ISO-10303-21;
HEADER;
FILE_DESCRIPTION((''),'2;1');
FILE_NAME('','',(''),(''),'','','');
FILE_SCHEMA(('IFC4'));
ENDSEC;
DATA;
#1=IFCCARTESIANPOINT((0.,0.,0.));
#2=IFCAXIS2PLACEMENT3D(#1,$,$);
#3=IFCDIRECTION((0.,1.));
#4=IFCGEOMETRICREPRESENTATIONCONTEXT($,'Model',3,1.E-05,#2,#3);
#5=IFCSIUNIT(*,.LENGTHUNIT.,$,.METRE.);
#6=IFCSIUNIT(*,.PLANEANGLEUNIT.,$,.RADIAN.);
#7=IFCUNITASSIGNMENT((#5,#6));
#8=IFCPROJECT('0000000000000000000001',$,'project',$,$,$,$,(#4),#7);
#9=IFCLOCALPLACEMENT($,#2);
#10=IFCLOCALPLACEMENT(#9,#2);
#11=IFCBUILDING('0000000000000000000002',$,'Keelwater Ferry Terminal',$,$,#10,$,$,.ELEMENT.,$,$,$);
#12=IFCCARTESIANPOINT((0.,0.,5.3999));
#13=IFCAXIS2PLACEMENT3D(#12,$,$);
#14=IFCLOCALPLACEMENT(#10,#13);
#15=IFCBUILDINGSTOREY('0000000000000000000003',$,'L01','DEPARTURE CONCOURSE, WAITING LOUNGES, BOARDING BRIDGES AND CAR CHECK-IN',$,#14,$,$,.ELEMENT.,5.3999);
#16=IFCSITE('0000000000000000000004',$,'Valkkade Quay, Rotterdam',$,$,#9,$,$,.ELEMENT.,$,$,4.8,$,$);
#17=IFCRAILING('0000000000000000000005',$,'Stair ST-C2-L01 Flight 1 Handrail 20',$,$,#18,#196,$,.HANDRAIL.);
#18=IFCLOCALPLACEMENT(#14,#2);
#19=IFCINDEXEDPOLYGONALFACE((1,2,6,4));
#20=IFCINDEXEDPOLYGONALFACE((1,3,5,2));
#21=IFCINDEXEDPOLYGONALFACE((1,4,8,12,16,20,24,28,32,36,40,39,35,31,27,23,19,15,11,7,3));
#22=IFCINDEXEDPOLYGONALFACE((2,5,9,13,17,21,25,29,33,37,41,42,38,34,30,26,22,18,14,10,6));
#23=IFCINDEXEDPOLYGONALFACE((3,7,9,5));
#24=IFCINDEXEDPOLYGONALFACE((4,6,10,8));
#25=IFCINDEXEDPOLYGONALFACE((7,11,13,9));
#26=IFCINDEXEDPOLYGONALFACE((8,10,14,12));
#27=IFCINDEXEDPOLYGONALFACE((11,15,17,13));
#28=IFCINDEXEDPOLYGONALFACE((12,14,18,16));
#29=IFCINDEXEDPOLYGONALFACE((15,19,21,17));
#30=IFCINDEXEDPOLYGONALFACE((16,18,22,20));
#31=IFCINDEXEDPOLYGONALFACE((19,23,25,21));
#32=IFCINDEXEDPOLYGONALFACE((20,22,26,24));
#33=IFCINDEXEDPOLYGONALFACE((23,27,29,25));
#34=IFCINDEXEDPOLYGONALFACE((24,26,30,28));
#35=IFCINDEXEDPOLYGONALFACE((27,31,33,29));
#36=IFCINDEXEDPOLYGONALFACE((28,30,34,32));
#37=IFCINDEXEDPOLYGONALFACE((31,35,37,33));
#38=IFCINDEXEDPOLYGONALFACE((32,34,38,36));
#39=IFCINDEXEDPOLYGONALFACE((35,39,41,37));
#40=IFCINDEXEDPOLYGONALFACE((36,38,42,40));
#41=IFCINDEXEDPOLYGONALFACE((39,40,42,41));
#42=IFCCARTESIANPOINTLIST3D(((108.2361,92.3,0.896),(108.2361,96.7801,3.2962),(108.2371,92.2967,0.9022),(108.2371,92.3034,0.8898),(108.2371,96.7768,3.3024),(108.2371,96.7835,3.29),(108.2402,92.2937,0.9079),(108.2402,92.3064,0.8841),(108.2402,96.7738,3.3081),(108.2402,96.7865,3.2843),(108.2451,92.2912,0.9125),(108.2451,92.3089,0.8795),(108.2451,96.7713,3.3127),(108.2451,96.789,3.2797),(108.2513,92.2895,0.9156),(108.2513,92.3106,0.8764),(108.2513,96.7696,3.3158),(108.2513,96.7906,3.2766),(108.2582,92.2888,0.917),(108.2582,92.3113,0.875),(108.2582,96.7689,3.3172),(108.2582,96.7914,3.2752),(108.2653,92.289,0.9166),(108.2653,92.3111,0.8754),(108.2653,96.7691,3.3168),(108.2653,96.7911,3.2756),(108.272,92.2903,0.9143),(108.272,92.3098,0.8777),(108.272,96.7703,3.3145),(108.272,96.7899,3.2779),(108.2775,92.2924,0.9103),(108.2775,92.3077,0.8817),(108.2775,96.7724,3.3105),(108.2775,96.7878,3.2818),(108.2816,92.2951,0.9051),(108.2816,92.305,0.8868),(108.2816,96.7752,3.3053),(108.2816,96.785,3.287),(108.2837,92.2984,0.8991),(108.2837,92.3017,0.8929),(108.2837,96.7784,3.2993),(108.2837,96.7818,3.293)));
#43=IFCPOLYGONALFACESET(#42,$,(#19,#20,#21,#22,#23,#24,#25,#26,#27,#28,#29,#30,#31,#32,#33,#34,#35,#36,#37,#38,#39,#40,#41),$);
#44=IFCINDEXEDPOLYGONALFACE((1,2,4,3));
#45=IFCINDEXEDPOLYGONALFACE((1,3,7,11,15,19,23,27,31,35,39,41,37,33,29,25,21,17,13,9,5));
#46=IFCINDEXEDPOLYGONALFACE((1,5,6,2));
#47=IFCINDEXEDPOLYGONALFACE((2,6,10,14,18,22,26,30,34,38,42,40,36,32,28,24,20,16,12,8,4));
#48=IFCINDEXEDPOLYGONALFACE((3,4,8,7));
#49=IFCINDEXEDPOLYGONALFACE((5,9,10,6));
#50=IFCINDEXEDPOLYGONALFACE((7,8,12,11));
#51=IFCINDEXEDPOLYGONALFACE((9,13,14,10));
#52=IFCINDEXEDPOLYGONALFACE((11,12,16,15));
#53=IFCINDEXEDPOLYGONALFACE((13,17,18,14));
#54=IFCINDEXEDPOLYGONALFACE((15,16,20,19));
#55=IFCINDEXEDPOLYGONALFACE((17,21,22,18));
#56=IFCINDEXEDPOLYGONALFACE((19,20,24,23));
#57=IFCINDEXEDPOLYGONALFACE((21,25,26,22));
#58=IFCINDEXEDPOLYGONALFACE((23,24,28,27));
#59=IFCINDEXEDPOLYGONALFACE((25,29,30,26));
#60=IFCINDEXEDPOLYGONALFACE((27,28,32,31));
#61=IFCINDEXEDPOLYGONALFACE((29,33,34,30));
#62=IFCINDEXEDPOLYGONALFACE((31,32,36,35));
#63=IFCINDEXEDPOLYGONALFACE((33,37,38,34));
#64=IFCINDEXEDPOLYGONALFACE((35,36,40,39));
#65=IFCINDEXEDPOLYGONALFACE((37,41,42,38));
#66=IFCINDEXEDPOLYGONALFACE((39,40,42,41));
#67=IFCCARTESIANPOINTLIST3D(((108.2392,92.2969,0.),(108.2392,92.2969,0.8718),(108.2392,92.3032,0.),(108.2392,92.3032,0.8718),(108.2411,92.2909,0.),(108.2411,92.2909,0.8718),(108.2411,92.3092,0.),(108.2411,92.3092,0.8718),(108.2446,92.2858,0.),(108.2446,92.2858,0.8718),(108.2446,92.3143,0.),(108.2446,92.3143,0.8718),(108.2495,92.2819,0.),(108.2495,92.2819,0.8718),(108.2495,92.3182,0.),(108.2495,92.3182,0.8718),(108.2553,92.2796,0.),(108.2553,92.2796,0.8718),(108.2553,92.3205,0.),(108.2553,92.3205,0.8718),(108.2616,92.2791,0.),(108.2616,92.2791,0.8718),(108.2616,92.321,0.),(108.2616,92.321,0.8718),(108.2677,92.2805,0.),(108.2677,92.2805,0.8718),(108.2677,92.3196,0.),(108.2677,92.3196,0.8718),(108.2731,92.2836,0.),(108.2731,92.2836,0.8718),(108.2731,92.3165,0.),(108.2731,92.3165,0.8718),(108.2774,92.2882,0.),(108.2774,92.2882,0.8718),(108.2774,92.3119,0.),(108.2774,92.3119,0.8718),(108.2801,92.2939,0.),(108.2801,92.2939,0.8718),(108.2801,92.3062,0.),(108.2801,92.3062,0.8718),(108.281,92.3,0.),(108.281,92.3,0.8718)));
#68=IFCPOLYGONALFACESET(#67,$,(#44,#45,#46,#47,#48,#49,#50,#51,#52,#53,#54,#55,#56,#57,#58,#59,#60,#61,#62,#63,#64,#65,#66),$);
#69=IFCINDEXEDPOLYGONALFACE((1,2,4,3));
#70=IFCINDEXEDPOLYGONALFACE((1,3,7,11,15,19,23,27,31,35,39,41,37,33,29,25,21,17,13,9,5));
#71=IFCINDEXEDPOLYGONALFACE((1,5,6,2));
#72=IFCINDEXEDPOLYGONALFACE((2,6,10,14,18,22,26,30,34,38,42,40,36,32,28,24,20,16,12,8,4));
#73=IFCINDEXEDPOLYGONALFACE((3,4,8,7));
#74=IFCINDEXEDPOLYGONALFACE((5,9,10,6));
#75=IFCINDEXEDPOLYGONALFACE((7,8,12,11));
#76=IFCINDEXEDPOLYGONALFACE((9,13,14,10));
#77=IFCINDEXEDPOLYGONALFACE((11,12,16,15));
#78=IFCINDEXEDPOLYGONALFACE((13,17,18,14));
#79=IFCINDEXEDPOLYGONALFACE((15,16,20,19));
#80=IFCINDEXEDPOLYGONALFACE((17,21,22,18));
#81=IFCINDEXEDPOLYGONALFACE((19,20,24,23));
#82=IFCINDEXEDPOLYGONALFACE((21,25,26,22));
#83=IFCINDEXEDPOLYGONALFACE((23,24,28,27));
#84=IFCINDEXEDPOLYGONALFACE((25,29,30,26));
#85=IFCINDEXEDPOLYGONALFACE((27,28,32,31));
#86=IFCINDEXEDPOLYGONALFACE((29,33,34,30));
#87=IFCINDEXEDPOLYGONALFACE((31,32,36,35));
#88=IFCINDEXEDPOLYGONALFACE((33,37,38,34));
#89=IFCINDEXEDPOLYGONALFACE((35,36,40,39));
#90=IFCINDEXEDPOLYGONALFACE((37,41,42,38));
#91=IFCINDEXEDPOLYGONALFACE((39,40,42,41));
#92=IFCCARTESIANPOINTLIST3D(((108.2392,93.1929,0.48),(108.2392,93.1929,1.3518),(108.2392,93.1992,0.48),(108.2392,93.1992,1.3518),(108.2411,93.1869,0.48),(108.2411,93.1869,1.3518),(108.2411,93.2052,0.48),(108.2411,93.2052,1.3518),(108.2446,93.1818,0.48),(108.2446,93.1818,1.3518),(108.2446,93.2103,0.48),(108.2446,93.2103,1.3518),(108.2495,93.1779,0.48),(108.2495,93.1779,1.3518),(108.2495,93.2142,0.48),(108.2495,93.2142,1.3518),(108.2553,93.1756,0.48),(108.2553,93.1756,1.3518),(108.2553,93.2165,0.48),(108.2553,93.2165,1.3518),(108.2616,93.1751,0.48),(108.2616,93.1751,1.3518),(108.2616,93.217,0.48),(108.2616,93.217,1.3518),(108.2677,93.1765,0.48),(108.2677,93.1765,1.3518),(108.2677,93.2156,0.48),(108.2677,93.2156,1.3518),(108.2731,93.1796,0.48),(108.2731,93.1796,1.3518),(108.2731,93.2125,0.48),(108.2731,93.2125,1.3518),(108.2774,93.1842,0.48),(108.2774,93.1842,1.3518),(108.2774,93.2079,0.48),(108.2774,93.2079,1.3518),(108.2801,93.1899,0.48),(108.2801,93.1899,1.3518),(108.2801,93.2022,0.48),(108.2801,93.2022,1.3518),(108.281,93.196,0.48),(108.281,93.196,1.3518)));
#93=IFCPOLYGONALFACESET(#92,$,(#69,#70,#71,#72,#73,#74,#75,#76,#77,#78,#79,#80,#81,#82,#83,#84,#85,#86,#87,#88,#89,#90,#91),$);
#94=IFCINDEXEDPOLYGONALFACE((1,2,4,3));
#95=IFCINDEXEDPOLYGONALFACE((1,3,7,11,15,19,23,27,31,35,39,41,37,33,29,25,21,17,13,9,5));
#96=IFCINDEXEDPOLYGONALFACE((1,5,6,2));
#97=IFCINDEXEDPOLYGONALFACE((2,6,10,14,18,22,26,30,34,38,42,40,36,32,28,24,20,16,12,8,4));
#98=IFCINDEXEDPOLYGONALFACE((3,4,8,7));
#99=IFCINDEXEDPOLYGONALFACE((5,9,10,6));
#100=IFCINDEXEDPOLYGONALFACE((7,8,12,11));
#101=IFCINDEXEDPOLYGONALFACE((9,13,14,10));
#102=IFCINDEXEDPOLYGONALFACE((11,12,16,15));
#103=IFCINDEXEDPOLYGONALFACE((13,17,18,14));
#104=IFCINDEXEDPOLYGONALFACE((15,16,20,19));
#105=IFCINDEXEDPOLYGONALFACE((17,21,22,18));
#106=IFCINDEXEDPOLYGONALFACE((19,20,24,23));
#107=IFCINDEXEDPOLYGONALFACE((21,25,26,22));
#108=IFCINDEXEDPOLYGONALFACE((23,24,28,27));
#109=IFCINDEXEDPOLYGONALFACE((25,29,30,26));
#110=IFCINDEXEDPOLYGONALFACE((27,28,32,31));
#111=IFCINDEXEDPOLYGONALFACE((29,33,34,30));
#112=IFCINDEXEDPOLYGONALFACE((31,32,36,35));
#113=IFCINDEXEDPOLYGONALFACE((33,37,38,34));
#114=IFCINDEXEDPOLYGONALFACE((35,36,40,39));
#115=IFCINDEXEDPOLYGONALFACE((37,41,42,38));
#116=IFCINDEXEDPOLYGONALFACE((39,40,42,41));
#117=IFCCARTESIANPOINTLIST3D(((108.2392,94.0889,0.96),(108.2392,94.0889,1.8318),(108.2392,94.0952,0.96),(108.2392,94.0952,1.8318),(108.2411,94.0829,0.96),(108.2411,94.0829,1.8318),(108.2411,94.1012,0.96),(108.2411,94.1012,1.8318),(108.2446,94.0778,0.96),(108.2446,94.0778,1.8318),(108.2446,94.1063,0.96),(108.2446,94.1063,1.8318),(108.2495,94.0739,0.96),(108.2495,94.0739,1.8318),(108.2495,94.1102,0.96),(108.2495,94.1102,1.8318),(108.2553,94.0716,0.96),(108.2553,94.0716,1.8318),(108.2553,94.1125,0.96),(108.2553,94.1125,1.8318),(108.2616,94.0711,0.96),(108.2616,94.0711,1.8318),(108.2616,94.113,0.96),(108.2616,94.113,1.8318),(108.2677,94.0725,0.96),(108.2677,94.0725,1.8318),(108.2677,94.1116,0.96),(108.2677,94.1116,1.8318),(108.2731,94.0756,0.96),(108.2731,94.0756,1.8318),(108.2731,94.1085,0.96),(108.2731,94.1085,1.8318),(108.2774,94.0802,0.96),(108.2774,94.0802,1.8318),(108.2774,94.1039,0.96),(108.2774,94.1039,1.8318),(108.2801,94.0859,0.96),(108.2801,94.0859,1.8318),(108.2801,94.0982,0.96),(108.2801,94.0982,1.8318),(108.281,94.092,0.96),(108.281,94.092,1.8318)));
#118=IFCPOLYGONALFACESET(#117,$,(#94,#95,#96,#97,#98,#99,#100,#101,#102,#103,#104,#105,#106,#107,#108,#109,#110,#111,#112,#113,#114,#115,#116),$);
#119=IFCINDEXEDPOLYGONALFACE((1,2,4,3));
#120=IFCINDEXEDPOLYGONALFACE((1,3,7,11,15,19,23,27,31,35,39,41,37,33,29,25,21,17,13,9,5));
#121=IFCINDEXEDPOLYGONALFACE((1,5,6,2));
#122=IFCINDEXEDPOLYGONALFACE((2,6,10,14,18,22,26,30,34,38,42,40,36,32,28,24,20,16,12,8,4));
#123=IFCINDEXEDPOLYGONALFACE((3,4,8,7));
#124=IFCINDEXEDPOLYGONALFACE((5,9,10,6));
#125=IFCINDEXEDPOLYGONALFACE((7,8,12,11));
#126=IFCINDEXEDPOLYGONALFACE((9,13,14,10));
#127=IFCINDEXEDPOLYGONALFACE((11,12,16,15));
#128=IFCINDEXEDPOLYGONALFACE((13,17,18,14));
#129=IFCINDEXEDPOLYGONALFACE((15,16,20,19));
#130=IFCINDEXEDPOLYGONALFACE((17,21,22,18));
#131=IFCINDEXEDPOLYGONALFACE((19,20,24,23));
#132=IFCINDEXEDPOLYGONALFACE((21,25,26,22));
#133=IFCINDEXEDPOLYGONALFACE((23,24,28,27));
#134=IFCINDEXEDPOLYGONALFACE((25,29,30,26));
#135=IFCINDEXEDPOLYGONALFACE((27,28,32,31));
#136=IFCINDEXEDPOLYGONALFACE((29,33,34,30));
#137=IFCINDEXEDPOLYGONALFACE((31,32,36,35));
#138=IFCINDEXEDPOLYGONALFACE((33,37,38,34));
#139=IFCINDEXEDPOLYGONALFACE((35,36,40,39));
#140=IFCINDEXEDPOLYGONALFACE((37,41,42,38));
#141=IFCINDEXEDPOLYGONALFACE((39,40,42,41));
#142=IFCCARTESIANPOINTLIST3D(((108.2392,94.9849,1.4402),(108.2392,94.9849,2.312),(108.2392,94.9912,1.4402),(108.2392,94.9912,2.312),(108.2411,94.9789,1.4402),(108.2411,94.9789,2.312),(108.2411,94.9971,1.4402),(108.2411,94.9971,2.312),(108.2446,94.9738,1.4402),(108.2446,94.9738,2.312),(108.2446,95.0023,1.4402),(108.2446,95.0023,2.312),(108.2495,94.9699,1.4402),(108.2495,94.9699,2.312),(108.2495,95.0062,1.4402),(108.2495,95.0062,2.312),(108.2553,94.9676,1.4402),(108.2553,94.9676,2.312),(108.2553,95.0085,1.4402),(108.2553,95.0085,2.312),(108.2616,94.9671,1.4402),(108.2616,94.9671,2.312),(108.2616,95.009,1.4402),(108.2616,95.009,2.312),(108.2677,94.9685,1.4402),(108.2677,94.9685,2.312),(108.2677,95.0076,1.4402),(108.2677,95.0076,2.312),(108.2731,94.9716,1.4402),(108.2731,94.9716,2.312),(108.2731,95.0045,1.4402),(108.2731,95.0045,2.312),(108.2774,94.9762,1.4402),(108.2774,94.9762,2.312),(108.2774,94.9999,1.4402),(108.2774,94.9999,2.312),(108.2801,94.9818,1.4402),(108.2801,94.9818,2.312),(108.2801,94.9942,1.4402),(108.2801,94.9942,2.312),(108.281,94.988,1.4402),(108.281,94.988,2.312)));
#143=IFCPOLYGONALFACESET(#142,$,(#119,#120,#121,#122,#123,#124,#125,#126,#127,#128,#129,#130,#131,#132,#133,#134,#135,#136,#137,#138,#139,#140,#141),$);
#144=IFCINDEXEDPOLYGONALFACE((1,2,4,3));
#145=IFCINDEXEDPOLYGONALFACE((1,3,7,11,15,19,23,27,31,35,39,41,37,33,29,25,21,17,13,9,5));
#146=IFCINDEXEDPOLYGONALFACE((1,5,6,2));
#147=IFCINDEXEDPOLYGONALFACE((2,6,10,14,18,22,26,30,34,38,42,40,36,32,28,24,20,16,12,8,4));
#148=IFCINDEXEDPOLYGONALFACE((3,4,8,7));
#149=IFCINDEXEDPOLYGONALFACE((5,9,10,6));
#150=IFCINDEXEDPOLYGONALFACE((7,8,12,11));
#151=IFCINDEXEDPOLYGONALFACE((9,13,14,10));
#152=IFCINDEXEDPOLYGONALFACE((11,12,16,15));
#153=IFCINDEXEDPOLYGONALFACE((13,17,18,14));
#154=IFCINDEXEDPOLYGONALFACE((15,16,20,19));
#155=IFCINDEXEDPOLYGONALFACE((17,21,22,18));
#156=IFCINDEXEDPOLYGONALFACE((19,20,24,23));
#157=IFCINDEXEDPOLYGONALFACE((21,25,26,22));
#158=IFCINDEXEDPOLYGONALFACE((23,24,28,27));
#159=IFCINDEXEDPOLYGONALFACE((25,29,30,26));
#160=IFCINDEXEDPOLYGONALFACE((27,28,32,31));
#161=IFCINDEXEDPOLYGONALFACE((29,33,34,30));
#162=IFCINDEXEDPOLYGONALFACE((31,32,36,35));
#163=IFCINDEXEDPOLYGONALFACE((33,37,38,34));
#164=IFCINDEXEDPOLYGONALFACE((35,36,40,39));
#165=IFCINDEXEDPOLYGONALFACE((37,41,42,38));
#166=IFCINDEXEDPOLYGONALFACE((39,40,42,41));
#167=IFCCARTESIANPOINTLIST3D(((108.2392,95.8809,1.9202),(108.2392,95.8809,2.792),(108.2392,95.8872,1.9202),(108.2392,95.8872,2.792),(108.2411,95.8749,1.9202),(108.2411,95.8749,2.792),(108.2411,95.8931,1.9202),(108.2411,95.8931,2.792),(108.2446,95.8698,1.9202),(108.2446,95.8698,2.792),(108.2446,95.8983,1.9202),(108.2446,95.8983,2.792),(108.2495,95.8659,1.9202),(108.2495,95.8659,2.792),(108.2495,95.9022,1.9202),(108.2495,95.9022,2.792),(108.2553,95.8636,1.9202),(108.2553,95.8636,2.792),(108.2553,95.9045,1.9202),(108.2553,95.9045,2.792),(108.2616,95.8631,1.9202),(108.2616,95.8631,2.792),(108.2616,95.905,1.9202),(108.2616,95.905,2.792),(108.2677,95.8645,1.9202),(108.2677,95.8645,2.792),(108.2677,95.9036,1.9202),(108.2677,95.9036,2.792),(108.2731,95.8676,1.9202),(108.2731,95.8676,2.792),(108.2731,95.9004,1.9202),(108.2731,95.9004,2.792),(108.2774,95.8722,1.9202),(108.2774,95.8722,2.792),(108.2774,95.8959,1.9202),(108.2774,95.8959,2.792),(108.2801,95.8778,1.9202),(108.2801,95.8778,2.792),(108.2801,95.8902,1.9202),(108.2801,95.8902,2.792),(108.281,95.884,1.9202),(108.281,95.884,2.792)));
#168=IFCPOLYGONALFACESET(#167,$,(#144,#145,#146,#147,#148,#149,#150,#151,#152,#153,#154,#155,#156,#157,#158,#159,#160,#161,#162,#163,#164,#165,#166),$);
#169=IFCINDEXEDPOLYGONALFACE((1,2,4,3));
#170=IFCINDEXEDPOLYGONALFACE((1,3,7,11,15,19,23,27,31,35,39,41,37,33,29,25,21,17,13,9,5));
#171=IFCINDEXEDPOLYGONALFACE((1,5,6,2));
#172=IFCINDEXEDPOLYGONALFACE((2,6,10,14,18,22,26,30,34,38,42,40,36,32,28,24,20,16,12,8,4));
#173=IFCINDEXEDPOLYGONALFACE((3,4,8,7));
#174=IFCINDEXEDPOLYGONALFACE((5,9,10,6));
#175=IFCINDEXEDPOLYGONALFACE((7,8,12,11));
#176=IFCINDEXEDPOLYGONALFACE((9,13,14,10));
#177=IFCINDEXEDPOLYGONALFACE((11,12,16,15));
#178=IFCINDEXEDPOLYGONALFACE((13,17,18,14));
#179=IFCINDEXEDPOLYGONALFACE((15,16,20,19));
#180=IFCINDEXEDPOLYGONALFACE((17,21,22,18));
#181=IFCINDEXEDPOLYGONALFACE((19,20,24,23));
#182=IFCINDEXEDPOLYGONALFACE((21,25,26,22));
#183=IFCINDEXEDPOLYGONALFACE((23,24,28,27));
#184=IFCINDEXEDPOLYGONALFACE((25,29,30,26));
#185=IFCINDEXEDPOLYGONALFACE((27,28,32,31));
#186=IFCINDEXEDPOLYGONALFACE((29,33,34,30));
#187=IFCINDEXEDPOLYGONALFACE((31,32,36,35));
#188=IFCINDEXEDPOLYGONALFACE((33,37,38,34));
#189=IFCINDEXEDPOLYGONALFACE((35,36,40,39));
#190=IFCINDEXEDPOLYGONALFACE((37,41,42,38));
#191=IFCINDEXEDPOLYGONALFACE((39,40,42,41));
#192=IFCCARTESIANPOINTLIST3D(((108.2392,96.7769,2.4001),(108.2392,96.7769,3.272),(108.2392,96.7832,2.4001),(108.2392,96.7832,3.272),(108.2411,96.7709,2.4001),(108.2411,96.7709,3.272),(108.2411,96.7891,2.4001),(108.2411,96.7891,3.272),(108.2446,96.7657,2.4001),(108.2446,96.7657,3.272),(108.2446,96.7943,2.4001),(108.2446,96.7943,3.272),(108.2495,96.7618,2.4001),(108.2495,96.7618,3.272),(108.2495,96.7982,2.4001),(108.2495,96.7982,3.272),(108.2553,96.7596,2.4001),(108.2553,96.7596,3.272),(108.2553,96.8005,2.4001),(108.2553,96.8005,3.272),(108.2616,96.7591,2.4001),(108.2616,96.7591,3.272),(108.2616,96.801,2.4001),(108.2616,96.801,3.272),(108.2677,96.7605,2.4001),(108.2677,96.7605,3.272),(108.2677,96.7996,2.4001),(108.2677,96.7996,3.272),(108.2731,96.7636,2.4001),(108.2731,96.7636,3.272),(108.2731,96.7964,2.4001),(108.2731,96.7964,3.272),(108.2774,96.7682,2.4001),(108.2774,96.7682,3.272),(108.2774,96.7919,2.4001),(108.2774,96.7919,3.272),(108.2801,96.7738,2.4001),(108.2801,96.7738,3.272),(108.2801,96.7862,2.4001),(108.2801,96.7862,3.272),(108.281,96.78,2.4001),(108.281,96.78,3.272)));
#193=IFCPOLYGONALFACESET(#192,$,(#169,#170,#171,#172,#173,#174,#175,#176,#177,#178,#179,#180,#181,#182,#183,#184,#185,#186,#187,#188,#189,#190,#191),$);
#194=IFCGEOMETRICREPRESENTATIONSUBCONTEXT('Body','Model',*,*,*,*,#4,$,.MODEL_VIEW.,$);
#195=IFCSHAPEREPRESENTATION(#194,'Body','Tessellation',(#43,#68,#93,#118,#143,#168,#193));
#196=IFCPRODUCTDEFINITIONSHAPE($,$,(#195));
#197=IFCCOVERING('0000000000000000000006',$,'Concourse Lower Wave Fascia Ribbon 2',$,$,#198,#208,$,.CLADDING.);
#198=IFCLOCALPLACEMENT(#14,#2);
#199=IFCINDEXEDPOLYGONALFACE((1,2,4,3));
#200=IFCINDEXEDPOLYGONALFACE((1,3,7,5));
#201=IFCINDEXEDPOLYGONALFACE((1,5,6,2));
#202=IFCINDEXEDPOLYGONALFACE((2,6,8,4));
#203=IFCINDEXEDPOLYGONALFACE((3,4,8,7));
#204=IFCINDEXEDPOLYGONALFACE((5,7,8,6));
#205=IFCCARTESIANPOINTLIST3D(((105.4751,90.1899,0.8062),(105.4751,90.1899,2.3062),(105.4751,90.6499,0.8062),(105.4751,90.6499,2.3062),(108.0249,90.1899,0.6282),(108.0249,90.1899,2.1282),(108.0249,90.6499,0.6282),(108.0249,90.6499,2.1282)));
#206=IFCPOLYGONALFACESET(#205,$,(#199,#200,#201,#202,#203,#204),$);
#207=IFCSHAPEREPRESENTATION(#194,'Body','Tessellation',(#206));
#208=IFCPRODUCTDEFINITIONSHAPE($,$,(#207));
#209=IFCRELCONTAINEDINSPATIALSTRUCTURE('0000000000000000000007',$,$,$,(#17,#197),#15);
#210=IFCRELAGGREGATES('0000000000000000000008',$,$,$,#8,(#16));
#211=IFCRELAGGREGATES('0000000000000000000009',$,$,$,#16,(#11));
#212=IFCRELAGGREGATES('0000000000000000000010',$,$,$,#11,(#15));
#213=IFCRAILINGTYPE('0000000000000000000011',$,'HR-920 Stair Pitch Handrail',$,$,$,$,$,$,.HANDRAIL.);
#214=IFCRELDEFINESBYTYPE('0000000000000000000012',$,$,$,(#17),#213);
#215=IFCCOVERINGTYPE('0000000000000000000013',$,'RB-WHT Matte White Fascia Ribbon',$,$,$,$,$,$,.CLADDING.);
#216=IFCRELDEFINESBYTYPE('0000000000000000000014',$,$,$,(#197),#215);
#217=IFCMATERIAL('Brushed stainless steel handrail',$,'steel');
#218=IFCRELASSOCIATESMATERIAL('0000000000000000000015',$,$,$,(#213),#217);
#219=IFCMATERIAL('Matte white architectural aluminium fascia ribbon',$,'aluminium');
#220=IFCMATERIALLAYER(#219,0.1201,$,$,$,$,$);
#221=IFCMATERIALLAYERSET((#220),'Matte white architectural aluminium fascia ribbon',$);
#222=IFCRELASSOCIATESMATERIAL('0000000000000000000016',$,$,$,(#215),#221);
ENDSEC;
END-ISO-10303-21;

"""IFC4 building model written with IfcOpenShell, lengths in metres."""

from ifc_helpers import new_model, si_unit, direction, frame, origin, origin_2d, place, context, subcontext, project, spatial, polyline, circle, outline, extrude, material, layer, layer_set, type_object, element, save


model = new_model("IFC4")

# Units and contexts
model_context = context("Model", 3, precision=1e-05, world=origin(), true_north=direction((0.0, 1.0)))
body_context = subcontext(model_context, "Body", "Model", "MODEL_VIEW")
ifc_project = project(units=[si_unit("LENGTHUNIT", "METRE"), si_unit("PLANEANGLEUNIT", "RADIAN")], contexts=[model_context])

# Site, building, storey
site_placement = place(None, origin())
site = spatial("IfcSite", under=ifc_project, at=site_placement, Name="Valkkade Quay, Rotterdam", CompositionType="ELEMENT", RefElevation=4.8)
building_placement = place(site_placement, origin())
building = spatial("IfcBuilding", under=site, at=building_placement, Name="Keelwater Ferry Terminal", CompositionType="ELEMENT")
storey_placement = place(building_placement, frame((0.0, 0.0, 5.3999)))
storey = spatial("IfcBuildingStorey", under=building, at=storey_placement, Name="L01", Description="DEPARTURE CONCOURSE, WAITING LOUNGES, BOARDING BRIDGES AND CAR CHECK-IN", CompositionType="ELEMENT", Elevation=5.3999)

# Railing
ifc_material_1 = material(Name="Brushed stainless steel handrail", Category="steel")
railing_type_1 = type_object("IfcRailingType", Name="HR-920 Stair Pitch Handrail", PredefinedType="HANDRAIL", material=ifc_material_1)
railing_1_placement = place(storey_placement, frame((108.26, 92.3, 0.0)))
element("IfcRailing", 1, at=railing_1_placement, inside=storey, type_object=railing_type_1, Name="Stair ST-C2-L01 Flight 1 Handrail 20", PredefinedType="HANDRAIL", context=body_context, shape_type="SweptSolid", body=[
    extrude(circle(Radius=0.0239, at=origin_2d()), frame((0.0, 0.0, 0.896), z_axis=(0.0, 0.881467, 0.472245), x_axis=(-1.0, 0.0, 0.0)), (0.0, 0.0, 1.0), 5.0825),
    extrude(circle(Radius=0.021, at=origin_2d()), origin(), (0.0, 0.0, 1.0), 0.8718),
    extrude(circle(Radius=0.021, at=origin_2d()), frame((0.0, 0.896, 0.48)), (0.0, 0.0, 1.0), 0.8718),
    extrude(circle(Radius=0.021, at=origin_2d()), frame((0.0, 1.792, 0.96)), (0.0, 0.0, 1.0), 0.8718),
    extrude(circle(Radius=0.021, at=origin_2d()), frame((0.0, 2.688, 1.4402)), (0.0, 0.0, 1.0), 0.8718),
    extrude(circle(Radius=0.021, at=origin_2d()), frame((0.0, 3.584, 1.9202)), (0.0, 0.0, 1.0), 0.8718),
    extrude(circle(Radius=0.021, at=origin_2d()), frame((0.0, 4.48, 2.4001)), (0.0, 0.0, 1.0), 0.8718),
])

# Covering
ifc_material_2 = material(Name="Matte white architectural aluminium fascia ribbon", Category="aluminium")
ifc_layer_1 = layer(ifc_material_2, 0.1201)
ifc_layer_set_1 = layer_set([ifc_layer_1], Name="Matte white architectural aluminium fascia ribbon")
covering_type = type_object("IfcCoveringType", Name="RB-WHT Matte White Fascia Ribbon", PredefinedType="CLADDING", material=ifc_layer_set_1)
covering_1_placement = place(storey_placement, frame((108.0249, 90.4199, 0.6282), z_axis=(0.0, 0.0, 1.0), x_axis=(-1.0, 0.0, 0.0)))
element("IfcCovering", 2, at=covering_1_placement, inside=storey, type_object=covering_type, Name="Concourse Lower Wave Fascia Ribbon 2", PredefinedType="CLADDING", context=body_context, shape_type="SweptSolid", body=[
    extrude(outline(polyline([(0.0, 0.0), (2.5498, 0.178), (2.5498, 1.678), (0.0, 1.5), (0.0, 0.0)])), frame((0.0, 0.23, 0.0), z_axis=(0.0, -1.0, 0.0), x_axis=(1.0, 0.0, 0.0)), (0.0, 0.0, 1.0), 0.46),
])

save(model, "model.ifc")
